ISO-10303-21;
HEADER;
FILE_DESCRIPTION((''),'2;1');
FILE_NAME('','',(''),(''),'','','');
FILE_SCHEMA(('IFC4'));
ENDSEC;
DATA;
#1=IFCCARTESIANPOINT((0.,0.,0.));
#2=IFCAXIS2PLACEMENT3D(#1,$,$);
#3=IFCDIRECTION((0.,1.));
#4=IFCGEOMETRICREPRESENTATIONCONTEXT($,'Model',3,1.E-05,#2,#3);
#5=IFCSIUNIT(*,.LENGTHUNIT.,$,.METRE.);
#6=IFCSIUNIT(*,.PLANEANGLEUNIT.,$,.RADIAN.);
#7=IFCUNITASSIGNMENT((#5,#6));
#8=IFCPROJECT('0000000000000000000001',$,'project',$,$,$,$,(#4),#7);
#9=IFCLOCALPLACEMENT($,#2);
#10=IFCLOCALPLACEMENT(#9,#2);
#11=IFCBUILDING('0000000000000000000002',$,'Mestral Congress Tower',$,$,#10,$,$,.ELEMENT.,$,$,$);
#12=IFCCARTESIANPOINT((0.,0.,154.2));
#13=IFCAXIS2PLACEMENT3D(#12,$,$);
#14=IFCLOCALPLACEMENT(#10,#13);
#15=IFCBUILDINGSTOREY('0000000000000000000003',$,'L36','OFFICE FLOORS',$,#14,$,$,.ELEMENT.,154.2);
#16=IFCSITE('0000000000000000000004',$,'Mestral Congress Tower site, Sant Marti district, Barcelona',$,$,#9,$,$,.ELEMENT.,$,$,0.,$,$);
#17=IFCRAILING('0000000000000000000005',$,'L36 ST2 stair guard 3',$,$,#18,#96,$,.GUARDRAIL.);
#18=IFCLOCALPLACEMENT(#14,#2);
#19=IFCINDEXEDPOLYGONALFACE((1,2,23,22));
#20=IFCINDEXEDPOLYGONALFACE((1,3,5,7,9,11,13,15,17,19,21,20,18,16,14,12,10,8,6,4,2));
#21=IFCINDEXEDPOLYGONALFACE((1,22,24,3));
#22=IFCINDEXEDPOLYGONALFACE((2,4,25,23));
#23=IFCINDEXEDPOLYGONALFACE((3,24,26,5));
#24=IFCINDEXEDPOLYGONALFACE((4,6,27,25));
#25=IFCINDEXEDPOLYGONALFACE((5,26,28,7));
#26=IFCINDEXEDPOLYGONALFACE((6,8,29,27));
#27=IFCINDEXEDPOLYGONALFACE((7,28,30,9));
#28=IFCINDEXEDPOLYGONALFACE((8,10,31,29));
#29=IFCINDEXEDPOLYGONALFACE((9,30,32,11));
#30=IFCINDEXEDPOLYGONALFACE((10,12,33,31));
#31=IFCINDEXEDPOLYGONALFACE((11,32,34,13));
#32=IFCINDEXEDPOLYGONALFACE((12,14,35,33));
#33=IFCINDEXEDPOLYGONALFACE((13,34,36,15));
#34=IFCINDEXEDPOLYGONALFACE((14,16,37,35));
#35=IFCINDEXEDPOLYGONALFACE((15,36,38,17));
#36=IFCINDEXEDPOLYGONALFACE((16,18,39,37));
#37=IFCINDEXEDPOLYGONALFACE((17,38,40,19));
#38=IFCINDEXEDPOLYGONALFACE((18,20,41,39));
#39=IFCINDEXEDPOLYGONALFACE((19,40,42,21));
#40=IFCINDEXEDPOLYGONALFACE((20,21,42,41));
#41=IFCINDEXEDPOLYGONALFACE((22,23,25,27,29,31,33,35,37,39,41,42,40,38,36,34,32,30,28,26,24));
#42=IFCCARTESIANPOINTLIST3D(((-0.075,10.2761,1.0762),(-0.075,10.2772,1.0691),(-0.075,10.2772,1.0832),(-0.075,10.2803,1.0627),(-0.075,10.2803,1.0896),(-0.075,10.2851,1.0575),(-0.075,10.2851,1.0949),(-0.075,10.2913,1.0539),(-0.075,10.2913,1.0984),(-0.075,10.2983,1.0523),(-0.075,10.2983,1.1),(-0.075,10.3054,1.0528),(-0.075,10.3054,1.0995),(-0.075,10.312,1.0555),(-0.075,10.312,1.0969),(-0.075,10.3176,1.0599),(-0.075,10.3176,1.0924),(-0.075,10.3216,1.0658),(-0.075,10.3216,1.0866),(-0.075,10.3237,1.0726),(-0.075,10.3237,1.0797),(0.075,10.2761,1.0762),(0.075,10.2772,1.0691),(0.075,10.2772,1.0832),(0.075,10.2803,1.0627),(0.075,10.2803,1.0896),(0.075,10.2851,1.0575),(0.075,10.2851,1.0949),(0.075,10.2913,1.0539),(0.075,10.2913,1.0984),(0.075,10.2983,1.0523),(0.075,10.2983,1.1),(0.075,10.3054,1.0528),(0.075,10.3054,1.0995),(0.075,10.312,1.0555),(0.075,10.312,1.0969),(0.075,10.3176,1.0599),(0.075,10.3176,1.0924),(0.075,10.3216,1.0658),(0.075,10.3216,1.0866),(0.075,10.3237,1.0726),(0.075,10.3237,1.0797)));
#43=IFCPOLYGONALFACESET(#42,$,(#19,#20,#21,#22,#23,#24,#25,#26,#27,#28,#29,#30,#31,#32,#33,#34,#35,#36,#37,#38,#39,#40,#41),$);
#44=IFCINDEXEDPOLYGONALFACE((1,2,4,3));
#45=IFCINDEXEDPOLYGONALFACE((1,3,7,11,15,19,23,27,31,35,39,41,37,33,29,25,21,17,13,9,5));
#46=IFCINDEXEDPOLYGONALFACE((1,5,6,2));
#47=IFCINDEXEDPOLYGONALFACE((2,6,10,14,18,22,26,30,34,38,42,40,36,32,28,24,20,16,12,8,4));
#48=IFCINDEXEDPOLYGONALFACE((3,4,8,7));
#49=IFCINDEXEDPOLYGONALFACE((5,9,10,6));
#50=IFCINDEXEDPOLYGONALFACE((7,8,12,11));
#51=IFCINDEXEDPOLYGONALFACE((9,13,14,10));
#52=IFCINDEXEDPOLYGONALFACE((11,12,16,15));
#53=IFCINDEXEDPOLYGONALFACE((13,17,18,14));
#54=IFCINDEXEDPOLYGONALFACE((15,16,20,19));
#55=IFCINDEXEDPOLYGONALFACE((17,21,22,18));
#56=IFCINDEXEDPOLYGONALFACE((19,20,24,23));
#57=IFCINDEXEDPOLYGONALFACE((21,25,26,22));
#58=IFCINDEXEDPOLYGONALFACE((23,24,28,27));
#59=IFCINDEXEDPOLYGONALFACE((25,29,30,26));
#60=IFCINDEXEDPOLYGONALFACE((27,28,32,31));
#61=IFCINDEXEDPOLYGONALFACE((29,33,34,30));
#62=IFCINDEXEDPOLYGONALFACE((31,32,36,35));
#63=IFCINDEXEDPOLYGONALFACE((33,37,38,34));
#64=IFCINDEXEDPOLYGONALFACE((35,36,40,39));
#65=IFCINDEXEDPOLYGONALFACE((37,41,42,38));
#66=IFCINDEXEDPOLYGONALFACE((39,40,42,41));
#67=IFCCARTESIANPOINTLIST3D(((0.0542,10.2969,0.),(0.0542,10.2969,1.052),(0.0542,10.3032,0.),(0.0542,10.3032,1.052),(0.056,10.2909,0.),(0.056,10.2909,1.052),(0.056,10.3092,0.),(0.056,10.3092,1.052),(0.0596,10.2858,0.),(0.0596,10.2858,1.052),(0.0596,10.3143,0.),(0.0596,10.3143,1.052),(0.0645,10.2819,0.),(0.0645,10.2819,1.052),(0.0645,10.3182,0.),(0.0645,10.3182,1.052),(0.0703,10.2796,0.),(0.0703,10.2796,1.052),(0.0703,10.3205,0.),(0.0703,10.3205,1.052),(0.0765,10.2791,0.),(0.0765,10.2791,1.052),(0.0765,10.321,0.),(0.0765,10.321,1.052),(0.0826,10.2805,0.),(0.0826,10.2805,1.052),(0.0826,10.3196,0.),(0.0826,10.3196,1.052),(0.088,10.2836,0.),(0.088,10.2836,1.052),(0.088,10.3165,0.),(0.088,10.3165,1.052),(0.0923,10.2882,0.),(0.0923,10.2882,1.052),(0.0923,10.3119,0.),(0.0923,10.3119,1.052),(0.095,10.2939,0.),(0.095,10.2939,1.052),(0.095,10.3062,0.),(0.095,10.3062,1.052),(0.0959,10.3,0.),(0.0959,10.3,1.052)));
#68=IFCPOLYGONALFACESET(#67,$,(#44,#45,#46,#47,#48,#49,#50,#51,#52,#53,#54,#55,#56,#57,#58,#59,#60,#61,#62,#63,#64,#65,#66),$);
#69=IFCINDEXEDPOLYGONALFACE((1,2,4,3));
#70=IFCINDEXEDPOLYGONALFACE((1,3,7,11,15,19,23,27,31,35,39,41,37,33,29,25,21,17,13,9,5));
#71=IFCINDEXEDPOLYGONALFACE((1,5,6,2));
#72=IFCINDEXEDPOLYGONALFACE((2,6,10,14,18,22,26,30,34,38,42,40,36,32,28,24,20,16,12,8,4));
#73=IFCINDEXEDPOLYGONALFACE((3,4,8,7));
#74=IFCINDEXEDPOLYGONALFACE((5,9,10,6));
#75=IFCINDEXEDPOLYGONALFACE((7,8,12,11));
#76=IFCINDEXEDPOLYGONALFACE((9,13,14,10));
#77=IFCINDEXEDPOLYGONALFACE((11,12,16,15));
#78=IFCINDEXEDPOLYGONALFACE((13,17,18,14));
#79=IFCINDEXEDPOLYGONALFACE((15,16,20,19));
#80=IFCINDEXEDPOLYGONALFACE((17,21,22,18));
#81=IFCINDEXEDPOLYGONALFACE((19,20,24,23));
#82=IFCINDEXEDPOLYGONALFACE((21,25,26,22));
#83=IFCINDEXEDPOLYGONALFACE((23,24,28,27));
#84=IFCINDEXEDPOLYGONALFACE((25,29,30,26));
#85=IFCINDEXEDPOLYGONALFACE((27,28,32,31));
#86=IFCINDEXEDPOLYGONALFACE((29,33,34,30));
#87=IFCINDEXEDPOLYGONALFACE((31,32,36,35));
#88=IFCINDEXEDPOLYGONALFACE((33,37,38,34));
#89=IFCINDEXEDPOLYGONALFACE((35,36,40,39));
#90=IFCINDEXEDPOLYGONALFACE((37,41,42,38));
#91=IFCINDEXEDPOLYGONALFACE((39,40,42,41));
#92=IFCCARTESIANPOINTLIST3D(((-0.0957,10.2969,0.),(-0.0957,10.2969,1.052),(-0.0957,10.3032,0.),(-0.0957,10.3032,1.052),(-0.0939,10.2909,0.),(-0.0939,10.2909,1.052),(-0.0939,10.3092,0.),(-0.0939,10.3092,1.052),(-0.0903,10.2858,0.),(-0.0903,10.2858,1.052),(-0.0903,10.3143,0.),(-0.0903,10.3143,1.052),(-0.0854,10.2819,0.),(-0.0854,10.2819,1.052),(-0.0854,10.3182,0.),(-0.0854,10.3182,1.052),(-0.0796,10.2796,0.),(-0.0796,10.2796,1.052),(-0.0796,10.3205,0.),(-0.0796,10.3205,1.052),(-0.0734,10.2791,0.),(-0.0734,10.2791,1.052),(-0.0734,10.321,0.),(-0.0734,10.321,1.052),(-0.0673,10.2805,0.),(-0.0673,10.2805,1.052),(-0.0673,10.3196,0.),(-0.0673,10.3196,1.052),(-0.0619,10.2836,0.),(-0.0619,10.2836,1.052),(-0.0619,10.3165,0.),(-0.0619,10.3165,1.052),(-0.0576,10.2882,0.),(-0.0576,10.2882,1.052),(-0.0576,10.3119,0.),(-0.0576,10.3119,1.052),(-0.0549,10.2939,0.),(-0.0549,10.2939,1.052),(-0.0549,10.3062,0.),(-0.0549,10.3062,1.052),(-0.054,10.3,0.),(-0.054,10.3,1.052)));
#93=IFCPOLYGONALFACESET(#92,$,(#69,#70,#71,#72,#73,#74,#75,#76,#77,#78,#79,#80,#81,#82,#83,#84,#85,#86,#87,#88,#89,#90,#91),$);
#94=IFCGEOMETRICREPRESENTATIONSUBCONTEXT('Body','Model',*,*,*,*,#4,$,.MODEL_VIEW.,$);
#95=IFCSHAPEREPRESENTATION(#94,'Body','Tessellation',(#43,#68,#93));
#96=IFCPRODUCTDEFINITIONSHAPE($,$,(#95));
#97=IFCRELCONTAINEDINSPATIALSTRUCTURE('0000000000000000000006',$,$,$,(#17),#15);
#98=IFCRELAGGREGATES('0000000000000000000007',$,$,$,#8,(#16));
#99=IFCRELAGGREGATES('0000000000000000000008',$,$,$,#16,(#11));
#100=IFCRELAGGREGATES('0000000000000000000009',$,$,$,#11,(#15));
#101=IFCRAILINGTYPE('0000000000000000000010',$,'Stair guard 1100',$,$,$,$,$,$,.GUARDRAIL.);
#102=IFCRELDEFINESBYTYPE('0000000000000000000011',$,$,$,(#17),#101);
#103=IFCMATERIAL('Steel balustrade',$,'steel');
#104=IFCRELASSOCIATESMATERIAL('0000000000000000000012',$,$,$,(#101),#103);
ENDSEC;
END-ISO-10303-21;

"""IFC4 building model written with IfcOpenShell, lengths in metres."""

from ifc_helpers import new_model, si_unit, direction, frame, origin, origin_2d, place, context, subcontext, project, spatial, circle, extrude, material, type_object, element, save


model = new_model("IFC4")

# Units and contexts
model_context = context("Model", 3, precision=1e-05, world=origin(), true_north=direction((0.0, 1.0)))
body_context = subcontext(model_context, "Body", "Model", "MODEL_VIEW")
ifc_project = project(units=[si_unit("LENGTHUNIT", "METRE"), si_unit("PLANEANGLEUNIT", "RADIAN")], contexts=[model_context])

# Site, building, storey
site_placement = place(None, origin())
site = spatial("IfcSite", under=ifc_project, at=site_placement, Name="Mestral Congress Tower site, Sant Marti district, Barcelona", CompositionType="ELEMENT", RefElevation=0.0)
building_placement = place(site_placement, origin())
building = spatial("IfcBuilding", under=site, at=building_placement, Name="Mestral Congress Tower", CompositionType="ELEMENT")
storey_placement = place(building_placement, frame((0.0, 0.0, 154.2)))
storey = spatial("IfcBuildingStorey", under=building, at=storey_placement, Name="L36", Description="OFFICE FLOORS", CompositionType="ELEMENT", Elevation=154.2)

# Railing
ifc_material_1 = material(Name="Steel balustrade", Category="steel")
railing_type_1 = type_object("IfcRailingType", Name="Stair guard 1100", PredefinedType="GUARDRAIL", material=ifc_material_1)
railing_1_placement = place(storey_placement, frame((0.075, 10.3, 0.0)))
element("IfcRailing", 1, at=railing_1_placement, inside=storey, type_object=railing_type_1, Name="L36 ST2 stair guard 3", PredefinedType="GUARDRAIL", context=body_context, shape_type="SweptSolid", body=[
    extrude(circle(Radius=0.0239, at=origin_2d()), frame((0.0, 0.0, 1.0762), z_axis=(-1.0, 0.0, 0.0), x_axis=(0.0, -1.0, 0.0)), (0.0, 0.0, 1.0), 0.1499),
    extrude(circle(Radius=0.021, at=origin_2d()), origin(), (0.0, 0.0, 1.0), 1.052),
    extrude(circle(Radius=0.021, at=origin_2d()), frame((-0.1499, 0.0, 0.0)), (0.0, 0.0, 1.0), 1.052),
])

save(model, "model.ifc")
